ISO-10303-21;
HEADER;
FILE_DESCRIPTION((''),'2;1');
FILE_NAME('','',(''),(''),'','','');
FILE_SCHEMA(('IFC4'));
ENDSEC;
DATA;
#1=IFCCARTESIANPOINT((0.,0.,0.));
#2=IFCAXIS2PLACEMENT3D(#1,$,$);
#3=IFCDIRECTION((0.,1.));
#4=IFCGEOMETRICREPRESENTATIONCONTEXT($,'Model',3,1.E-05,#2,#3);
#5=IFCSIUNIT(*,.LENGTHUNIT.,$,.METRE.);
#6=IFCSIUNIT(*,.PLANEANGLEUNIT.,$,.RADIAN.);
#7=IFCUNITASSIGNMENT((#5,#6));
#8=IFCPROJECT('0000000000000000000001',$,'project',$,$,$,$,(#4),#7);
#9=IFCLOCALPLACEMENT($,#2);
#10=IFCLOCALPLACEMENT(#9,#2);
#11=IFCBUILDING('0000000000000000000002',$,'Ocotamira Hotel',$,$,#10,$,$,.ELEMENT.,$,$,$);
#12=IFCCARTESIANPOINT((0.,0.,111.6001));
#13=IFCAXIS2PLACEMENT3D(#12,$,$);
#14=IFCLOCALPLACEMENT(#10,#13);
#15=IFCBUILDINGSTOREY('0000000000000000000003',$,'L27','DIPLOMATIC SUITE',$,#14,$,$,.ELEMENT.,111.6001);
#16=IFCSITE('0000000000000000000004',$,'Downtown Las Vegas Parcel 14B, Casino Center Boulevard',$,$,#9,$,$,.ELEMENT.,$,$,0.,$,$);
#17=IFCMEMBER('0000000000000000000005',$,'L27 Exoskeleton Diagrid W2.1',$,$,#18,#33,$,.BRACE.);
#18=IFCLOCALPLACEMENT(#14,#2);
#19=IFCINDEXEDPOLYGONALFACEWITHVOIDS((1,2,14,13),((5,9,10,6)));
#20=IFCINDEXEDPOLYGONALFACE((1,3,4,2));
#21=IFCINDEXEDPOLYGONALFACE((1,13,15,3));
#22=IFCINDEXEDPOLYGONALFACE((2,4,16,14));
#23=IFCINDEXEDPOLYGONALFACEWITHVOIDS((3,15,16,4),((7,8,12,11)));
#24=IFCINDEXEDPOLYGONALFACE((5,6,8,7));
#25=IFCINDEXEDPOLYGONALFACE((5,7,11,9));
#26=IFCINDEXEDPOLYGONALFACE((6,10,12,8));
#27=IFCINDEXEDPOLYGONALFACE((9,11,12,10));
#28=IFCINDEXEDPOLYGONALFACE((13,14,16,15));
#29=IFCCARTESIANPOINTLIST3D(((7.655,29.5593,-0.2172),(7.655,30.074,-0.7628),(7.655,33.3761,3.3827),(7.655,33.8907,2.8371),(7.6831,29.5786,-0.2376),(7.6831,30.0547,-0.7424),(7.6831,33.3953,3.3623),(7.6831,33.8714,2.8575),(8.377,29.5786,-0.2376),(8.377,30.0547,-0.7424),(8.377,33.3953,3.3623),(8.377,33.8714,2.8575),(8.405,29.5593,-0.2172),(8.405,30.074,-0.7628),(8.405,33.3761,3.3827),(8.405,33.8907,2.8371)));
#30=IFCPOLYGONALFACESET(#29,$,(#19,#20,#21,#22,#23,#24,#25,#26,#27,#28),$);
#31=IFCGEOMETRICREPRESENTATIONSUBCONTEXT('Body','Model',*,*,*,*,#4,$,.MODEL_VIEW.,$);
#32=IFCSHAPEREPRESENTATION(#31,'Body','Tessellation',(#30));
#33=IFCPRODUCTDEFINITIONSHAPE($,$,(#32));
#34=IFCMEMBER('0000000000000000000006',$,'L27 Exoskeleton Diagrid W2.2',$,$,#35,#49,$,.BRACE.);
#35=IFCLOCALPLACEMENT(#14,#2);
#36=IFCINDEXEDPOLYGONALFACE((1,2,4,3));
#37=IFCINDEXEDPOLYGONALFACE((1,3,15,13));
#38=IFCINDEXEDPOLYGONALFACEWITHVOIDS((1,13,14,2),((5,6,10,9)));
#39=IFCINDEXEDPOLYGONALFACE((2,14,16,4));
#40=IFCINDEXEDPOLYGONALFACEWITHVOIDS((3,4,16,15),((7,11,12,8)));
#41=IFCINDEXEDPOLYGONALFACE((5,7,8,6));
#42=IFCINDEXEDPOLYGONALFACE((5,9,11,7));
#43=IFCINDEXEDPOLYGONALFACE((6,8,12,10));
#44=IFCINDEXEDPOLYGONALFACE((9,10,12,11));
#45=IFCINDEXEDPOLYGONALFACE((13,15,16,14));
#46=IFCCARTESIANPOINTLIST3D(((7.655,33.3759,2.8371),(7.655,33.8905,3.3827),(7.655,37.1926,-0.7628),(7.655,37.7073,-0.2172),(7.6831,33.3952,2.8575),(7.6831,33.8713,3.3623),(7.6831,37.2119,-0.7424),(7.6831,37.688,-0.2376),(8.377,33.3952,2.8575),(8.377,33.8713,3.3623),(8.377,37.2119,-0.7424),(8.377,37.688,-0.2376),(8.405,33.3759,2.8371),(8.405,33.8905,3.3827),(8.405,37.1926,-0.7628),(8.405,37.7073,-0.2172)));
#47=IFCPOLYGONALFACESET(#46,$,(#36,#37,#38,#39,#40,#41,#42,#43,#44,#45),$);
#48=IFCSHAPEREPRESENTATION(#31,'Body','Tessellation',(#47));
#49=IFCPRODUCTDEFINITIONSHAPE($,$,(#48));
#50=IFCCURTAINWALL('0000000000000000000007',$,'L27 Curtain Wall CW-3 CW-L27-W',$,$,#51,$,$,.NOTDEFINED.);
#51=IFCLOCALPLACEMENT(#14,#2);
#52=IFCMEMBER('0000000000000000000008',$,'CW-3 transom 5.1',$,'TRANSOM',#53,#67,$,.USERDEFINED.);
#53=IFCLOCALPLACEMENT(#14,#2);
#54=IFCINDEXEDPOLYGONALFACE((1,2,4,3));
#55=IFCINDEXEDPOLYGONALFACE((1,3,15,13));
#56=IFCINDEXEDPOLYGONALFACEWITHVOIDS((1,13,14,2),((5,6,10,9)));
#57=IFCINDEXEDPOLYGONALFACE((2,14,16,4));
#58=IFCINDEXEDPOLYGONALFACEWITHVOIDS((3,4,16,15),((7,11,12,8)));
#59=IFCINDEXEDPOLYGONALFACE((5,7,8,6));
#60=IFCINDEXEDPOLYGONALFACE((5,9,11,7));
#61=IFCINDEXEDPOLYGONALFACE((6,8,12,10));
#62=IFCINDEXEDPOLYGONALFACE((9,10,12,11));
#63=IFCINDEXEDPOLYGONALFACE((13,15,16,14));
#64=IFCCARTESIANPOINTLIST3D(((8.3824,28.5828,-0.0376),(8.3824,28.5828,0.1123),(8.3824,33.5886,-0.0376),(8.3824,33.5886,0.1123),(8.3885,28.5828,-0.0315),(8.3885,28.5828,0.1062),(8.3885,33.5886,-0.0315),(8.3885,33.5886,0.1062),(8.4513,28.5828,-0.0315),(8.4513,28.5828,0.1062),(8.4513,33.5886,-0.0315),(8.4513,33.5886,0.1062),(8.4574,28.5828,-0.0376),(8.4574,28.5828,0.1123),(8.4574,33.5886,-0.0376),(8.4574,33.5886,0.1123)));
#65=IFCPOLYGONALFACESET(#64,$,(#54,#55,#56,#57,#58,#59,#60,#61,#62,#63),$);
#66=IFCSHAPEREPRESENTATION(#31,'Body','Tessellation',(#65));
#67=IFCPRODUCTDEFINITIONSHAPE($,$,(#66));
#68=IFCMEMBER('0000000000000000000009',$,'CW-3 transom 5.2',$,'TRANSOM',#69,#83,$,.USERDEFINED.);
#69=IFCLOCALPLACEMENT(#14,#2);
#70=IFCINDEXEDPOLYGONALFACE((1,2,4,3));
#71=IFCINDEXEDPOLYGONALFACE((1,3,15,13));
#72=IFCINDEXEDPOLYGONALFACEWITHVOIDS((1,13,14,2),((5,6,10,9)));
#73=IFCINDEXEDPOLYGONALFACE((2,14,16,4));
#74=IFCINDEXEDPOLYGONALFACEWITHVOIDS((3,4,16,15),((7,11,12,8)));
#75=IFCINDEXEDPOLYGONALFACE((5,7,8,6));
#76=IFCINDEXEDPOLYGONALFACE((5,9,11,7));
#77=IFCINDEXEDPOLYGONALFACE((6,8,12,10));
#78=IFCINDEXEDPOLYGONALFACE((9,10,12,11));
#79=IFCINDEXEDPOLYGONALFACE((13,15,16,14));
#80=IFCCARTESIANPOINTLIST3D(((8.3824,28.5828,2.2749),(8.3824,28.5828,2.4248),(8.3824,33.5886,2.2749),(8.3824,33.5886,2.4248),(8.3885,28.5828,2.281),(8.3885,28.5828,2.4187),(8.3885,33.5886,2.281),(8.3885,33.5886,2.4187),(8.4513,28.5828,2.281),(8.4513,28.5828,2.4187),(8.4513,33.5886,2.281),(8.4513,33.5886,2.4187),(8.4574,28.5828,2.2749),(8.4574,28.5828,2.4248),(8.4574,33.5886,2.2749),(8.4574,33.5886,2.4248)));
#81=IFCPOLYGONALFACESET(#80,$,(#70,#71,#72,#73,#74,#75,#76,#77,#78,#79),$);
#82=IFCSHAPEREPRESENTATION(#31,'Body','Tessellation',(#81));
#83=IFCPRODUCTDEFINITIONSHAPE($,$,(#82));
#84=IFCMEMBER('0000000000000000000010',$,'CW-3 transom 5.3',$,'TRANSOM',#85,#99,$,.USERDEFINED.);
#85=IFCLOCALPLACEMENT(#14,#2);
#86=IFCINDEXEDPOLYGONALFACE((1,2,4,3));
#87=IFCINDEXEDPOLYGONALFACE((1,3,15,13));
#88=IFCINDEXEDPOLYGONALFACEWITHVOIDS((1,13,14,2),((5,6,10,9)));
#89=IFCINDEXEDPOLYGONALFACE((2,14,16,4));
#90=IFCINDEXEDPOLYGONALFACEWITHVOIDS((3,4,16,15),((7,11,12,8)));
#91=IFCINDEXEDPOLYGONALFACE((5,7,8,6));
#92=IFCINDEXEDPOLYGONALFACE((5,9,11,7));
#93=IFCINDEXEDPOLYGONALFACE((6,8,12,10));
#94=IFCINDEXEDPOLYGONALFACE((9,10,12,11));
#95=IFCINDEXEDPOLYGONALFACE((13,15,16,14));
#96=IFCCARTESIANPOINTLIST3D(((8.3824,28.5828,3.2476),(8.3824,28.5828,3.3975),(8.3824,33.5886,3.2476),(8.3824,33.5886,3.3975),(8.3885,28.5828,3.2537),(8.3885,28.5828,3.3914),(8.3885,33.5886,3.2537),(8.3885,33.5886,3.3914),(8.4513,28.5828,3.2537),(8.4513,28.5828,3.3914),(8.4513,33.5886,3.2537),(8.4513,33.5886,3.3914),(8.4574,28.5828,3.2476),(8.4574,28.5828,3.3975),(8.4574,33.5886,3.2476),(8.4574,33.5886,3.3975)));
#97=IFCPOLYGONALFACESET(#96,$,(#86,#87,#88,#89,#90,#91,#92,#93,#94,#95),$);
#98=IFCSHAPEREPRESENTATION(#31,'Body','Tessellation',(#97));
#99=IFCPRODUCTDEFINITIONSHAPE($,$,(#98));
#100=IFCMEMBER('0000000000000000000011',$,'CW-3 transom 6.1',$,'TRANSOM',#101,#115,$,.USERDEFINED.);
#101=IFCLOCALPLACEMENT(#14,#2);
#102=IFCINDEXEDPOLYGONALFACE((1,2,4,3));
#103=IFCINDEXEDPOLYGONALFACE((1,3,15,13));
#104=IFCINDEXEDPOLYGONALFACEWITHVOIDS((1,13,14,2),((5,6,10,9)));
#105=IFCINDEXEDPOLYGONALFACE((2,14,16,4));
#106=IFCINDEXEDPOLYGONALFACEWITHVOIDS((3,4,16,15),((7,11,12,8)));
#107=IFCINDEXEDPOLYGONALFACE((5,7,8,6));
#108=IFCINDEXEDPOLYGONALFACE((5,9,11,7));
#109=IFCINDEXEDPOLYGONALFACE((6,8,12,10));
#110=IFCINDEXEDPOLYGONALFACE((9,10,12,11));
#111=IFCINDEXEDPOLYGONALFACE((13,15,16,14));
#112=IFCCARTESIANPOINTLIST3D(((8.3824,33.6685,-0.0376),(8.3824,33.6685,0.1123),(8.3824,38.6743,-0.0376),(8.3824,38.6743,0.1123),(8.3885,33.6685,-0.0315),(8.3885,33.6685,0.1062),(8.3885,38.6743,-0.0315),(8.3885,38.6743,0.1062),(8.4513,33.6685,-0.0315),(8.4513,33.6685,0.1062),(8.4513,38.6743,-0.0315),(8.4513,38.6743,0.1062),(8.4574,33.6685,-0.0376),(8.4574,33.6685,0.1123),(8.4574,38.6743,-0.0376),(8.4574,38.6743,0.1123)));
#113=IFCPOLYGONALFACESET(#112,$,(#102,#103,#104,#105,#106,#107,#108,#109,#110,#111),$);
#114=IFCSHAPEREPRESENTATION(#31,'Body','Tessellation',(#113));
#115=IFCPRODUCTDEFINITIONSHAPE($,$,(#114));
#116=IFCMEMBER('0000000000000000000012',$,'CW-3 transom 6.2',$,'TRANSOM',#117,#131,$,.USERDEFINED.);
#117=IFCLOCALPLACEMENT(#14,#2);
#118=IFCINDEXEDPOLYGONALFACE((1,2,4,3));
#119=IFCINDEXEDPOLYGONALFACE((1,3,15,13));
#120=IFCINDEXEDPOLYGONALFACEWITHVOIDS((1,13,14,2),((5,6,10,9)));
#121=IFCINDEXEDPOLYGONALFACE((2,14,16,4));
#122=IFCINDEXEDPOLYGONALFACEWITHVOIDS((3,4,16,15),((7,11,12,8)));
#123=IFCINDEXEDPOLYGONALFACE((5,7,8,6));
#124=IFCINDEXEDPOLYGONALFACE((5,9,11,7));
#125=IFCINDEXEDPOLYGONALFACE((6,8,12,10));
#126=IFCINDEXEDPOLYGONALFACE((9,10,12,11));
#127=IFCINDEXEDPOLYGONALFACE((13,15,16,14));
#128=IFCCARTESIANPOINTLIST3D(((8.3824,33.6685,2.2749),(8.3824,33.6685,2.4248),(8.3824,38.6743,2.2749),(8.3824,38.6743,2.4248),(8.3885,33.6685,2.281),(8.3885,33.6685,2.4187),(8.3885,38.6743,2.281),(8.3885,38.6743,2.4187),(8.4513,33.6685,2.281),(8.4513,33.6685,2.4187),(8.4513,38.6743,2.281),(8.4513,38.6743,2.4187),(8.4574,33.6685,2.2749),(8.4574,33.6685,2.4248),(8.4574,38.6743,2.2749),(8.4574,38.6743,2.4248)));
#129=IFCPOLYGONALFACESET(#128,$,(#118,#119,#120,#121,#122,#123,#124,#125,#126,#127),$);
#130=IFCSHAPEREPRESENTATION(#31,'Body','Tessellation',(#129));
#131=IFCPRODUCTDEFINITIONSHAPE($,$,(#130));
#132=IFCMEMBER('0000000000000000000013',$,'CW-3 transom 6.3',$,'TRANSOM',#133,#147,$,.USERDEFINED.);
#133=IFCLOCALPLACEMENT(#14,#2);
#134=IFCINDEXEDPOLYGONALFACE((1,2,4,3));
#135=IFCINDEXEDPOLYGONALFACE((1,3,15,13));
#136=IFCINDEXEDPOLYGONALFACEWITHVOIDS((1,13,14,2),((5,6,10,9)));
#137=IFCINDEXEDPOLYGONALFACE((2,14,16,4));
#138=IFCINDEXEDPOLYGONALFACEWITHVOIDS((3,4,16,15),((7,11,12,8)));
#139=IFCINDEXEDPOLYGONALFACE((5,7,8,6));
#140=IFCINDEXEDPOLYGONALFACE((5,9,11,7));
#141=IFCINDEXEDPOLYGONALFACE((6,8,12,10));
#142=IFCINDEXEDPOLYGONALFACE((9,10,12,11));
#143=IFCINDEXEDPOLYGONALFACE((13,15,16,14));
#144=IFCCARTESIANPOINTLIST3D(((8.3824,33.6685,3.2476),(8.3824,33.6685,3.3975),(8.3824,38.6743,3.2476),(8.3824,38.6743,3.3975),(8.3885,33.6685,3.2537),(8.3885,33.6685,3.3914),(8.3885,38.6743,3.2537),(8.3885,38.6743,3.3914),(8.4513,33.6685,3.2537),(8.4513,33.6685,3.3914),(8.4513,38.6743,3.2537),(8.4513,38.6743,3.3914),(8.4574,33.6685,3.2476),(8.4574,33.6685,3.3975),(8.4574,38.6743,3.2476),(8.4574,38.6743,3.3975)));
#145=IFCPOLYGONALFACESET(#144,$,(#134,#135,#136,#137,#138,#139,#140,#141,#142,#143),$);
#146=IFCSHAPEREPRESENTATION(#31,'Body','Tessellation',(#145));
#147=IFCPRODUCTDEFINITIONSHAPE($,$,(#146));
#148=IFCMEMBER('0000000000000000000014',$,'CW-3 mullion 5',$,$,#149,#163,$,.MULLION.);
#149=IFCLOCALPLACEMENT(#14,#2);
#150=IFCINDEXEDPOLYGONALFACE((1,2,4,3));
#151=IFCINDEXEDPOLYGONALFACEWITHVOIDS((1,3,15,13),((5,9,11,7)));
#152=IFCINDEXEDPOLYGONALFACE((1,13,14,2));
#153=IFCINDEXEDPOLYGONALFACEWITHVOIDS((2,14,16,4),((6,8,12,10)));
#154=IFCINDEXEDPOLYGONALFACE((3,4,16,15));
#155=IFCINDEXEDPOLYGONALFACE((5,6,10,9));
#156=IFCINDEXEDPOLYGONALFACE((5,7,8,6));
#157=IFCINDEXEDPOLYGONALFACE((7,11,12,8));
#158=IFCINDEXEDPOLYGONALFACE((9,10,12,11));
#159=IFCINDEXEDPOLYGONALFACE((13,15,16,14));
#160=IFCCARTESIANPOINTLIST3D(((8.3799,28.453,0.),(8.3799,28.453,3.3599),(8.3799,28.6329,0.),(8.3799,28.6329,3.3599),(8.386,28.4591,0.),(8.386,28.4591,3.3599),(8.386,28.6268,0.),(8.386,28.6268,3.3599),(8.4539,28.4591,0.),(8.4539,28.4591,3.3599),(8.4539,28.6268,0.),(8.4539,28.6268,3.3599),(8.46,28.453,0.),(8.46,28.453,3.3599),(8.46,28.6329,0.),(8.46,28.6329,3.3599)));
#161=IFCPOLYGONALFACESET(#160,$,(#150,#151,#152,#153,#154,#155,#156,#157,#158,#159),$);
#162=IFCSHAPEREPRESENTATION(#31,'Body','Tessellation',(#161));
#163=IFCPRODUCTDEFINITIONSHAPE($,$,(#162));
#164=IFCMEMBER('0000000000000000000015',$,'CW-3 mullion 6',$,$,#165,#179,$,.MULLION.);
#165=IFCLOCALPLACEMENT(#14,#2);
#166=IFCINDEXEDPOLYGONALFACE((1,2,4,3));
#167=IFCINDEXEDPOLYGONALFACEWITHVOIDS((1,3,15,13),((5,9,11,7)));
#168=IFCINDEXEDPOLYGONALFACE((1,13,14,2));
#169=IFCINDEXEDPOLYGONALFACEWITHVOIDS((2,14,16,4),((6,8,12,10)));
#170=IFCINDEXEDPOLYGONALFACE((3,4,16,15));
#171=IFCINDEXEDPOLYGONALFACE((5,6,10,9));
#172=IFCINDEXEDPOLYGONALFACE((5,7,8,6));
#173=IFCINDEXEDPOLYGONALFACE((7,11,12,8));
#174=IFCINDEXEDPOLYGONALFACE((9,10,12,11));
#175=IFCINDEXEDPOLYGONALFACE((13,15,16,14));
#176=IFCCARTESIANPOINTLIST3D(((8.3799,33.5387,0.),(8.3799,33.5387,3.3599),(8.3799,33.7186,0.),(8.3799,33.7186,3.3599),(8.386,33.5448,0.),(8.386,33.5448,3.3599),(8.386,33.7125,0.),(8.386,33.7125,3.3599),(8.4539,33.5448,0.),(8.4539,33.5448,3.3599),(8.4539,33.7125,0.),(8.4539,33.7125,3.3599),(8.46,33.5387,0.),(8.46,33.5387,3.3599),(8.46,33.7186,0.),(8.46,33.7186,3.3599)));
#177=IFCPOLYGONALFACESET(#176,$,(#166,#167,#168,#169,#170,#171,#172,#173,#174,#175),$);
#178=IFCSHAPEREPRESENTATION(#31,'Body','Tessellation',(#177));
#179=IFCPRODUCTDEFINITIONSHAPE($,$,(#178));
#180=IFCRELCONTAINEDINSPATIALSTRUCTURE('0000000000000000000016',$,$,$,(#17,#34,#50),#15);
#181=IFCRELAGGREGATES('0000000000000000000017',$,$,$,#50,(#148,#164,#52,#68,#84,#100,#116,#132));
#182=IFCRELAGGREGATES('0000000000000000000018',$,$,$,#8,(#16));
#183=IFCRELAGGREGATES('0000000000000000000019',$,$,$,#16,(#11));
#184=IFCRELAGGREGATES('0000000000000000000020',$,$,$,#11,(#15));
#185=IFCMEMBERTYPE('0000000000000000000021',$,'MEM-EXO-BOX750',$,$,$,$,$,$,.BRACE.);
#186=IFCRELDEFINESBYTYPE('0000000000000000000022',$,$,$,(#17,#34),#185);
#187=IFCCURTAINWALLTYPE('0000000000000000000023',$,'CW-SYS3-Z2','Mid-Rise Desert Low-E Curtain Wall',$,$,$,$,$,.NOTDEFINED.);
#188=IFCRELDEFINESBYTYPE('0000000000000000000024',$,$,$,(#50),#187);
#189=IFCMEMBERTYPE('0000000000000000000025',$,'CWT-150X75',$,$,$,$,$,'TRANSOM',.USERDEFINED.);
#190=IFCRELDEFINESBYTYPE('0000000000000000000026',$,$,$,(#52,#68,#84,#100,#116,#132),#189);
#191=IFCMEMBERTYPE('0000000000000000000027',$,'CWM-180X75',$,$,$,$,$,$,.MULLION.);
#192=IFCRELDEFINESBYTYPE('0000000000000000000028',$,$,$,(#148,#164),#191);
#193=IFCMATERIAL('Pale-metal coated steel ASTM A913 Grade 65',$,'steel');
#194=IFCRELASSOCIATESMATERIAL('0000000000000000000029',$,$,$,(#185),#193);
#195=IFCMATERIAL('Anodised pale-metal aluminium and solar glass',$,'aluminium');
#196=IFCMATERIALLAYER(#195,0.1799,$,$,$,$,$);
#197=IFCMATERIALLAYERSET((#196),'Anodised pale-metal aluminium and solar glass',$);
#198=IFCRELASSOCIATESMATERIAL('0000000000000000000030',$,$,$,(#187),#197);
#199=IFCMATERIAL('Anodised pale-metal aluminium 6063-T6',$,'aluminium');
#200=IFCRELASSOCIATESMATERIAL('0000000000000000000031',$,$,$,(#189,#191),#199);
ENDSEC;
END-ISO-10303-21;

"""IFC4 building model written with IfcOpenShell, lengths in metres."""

from ifc_helpers import new_model, si_unit, direction, frame, origin, origin_2d, place, context, subcontext, project, spatial, hollow_rectangle, extrude, source, transform, mapped, material, layer, layer_set, material_profile, profile_set, type_object, element, aggregate, save


model = new_model("IFC4")

# Units and contexts
model_context = context("Model", 3, precision=1e-05, world=origin(), true_north=direction((0.0, 1.0)))
body_context = subcontext(model_context, "Body", "Model", "MODEL_VIEW")
ifc_project = project(units=[si_unit("LENGTHUNIT", "METRE"), si_unit("PLANEANGLEUNIT", "RADIAN")], contexts=[model_context])

# Site, building, storey
site_placement = place(None, origin())
site = spatial("IfcSite", under=ifc_project, at=site_placement, Name="Downtown Las Vegas Parcel 14B, Casino Center Boulevard", CompositionType="ELEMENT", RefElevation=0.0)
building_placement = place(site_placement, origin())
building = spatial("IfcBuilding", under=site, at=building_placement, Name="Ocotamira Hotel", CompositionType="ELEMENT")
storey_placement = place(building_placement, frame((0.0, 0.0, 111.6001)))
storey = spatial("IfcBuildingStorey", under=building, at=storey_placement, Name="L27", Description="DIPLOMATIC SUITE", CompositionType="ELEMENT", Elevation=111.6001)

# Members
ifc_material_1 = material(Name="Pale-metal coated steel ASTM A913 Grade 65", Category="steel")
ifc_material_profile_1 = material_profile(ifc_material_1, hollow_rectangle(XDim=0.75, YDim=0.75, WallThickness=0.0281, at=origin_2d()), Name="BOX750X750X28")
ifc_profile_set_1 = profile_set([ifc_material_profile_1], Name="Pale-metal coated steel ASTM A913 Grade 65")
member_type_1 = type_object("IfcMemberType", Name="MEM-EXO-BOX750", PredefinedType="BRACE", material=ifc_profile_set_1)
shared_shape_1 = source(origin(), body_context, "Body", "SweptSolid", [
    extrude(hollow_rectangle(XDim=0.75, YDim=0.75, WallThickness=0.0281, at=origin_2d()), origin(), (0.0, 0.0, 1.0), 5.2466),
])
for number, where, z_axis, x_axis, name in (
    (1, (8.03, 29.8167, -0.49), (0.0, 0.727466, 0.686144), (-1.0, 0.0, 0.0), "L27 Exoskeleton Diagrid W2.1"),
    (2, (8.03, 37.45, -0.49), (0.0, -0.727466, 0.686144), (1.0, 0.0, 0.0), "L27 Exoskeleton Diagrid W2.2"),
):
    element("IfcMember", number, at=place(storey_placement, frame(where, z_axis=z_axis, x_axis=x_axis)), inside=storey, type_object=member_type_1, Name=name, PredefinedType="BRACE", context=body_context, shape_type="MappedRepresentation", body=[
        mapped(shared_shape_1, transform((0.0, 0.0, 0.0), scale=1.0)),
    ])

# Curtain wall, members
ifc_material_2 = material(Name="Anodised pale-metal aluminium and solar glass", Category="aluminium")
ifc_layer_1 = layer(ifc_material_2, 0.1799)
ifc_layer_set_1 = layer_set([ifc_layer_1], Name="Anodised pale-metal aluminium and solar glass")
curtain_wall_type = type_object("IfcCurtainWallType", Name="CW-SYS3-Z2", Description="Mid-Rise Desert Low-E Curtain Wall", PredefinedType="NOTDEFINED", material=ifc_layer_set_1)
curtain_wall_placement = place(storey_placement, origin())
curtain_wall = element("IfcCurtainWall", 3, at=curtain_wall_placement, inside=storey, type_object=curtain_wall_type, Name="L27 Curtain Wall CW-3 CW-L27-W", PredefinedType="NOTDEFINED")
ifc_material_3 = material(Name="Anodised pale-metal aluminium 6063-T6", Category="aluminium")
ifc_material_profile_2 = material_profile(ifc_material_3, hollow_rectangle(XDim=0.075, YDim=0.1499, WallThickness=0.0061, at=origin_2d()), Name="HSS150X75X6")
ifc_profile_set_2 = profile_set([ifc_material_profile_2], Name="Anodised pale-metal aluminium 6063-T6")
member_type_2 = type_object("IfcMemberType", Name="CWT-150X75", ElementType="TRANSOM", PredefinedType="USERDEFINED", material=ifc_profile_set_2)
shared_shape_2 = source(origin(), body_context, "Body", "SweptSolid", [
    extrude(hollow_rectangle(XDim=0.075, YDim=0.1499, WallThickness=0.0061, at=origin_2d()), origin(), (0.0, 0.0, 1.0), 5.0059),
])
member_1_placement = place(storey_placement, frame((8.4199, 28.5828, 0.0374), z_axis=(0.0, 1.0, 0.0), x_axis=(-1.0, 0.0, 0.0)))
member_1 = element("IfcMember", 4, at=member_1_placement, type_object=member_type_2, Name="CW-3 transom 5.1", ObjectType="TRANSOM", PredefinedType="USERDEFINED", context=body_context, shape_type="MappedRepresentation", body=[
    mapped(shared_shape_2, transform((0.0, 0.0, 0.0), scale=1.0)),
])
member_2_placement = place(storey_placement, frame((8.4199, 28.5828, 2.3499), z_axis=(0.0, 1.0, 0.0), x_axis=(-1.0, 0.0, 0.0)))
member_2 = element("IfcMember", 5, at=member_2_placement, type_object=member_type_2, Name="CW-3 transom 5.2", ObjectType="TRANSOM", PredefinedType="USERDEFINED", context=body_context, shape_type="MappedRepresentation", body=[
    mapped(shared_shape_2, transform((0.0, 0.0, 0.0), scale=1.0)),
])
member_3_placement = place(storey_placement, frame((8.4199, 28.5828, 3.3225), z_axis=(0.0, 1.0, 0.0), x_axis=(-1.0, 0.0, 0.0)))
member_3 = element("IfcMember", 6, at=member_3_placement, type_object=member_type_2, Name="CW-3 transom 5.3", ObjectType="TRANSOM", PredefinedType="USERDEFINED", context=body_context, shape_type="MappedRepresentation", body=[
    mapped(shared_shape_2, transform((0.0, 0.0, 0.0), scale=1.0)),
])
member_4_placement = place(storey_placement, frame((8.4199, 33.6685, 0.0374), z_axis=(0.0, 1.0, 0.0), x_axis=(-1.0, 0.0, 0.0)))
member_4 = element("IfcMember", 7, at=member_4_placement, type_object=member_type_2, Name="CW-3 transom 6.1", ObjectType="TRANSOM", PredefinedType="USERDEFINED", context=body_context, shape_type="MappedRepresentation", body=[
    mapped(shared_shape_2, transform((0.0, 0.0, 0.0), scale=1.0)),
])
member_5_placement = place(storey_placement, frame((8.4199, 33.6685, 2.3499), z_axis=(0.0, 1.0, 0.0), x_axis=(-1.0, 0.0, 0.0)))
member_5 = element("IfcMember", 8, at=member_5_placement, type_object=member_type_2, Name="CW-3 transom 6.2", ObjectType="TRANSOM", PredefinedType="USERDEFINED", context=body_context, shape_type="MappedRepresentation", body=[
    mapped(shared_shape_2, transform((0.0, 0.0, 0.0), scale=1.0)),
])
member_6_placement = place(storey_placement, frame((8.4199, 33.6685, 3.3225), z_axis=(0.0, 1.0, 0.0), x_axis=(-1.0, 0.0, 0.0)))
member_6 = element("IfcMember", 9, at=member_6_placement, type_object=member_type_2, Name="CW-3 transom 6.3", ObjectType="TRANSOM", PredefinedType="USERDEFINED", context=body_context, shape_type="MappedRepresentation", body=[
    mapped(shared_shape_2, transform((0.0, 0.0, 0.0), scale=1.0)),
])
ifc_material_profile_3 = material_profile(ifc_material_3, hollow_rectangle(XDim=0.0801, YDim=0.1799, WallThickness=0.0061, at=origin_2d()), Name="HSS180X80X6")
ifc_profile_set_3 = profile_set([ifc_material_profile_3], Name="Anodised pale-metal aluminium 6063-T6")
member_type_3 = type_object("IfcMemberType", Name="CWM-180X75", PredefinedType="MULLION", material=ifc_profile_set_3)
shared_shape_3 = source(origin(), body_context, "Body", "SweptSolid", [
    extrude(hollow_rectangle(XDim=0.0801, YDim=0.1799, WallThickness=0.0061, at=origin_2d()), origin(), (0.0, 0.0, 1.0), 3.3599),
])
member_7_placement = place(storey_placement, frame((8.4199, 28.543, 0.0), z_axis=(0.0, 0.0, 1.0), x_axis=(-1.0, 0.0, 0.0)))
member_7 = element("IfcMember", 10, at=member_7_placement, type_object=member_type_3, Name="CW-3 mullion 5", PredefinedType="MULLION", context=body_context, shape_type="MappedRepresentation", body=[
    mapped(shared_shape_3, transform((0.0, 0.0, 0.0), scale=1.0)),
])
member_8_placement = place(storey_placement, frame((8.4199, 33.6287, 0.0), z_axis=(0.0, 0.0, 1.0), x_axis=(-1.0, 0.0, 0.0)))
member_8 = element("IfcMember", 11, at=member_8_placement, type_object=member_type_3, Name="CW-3 mullion 6", PredefinedType="MULLION", context=body_context, shape_type="MappedRepresentation", body=[
    mapped(shared_shape_3, transform((0.0, 0.0, 0.0), scale=1.0)),
])

aggregate(curtain_wall, [member_7, member_8, member_1, member_2, member_3, member_4, member_5, member_6])

save(model, "model.ifc")
